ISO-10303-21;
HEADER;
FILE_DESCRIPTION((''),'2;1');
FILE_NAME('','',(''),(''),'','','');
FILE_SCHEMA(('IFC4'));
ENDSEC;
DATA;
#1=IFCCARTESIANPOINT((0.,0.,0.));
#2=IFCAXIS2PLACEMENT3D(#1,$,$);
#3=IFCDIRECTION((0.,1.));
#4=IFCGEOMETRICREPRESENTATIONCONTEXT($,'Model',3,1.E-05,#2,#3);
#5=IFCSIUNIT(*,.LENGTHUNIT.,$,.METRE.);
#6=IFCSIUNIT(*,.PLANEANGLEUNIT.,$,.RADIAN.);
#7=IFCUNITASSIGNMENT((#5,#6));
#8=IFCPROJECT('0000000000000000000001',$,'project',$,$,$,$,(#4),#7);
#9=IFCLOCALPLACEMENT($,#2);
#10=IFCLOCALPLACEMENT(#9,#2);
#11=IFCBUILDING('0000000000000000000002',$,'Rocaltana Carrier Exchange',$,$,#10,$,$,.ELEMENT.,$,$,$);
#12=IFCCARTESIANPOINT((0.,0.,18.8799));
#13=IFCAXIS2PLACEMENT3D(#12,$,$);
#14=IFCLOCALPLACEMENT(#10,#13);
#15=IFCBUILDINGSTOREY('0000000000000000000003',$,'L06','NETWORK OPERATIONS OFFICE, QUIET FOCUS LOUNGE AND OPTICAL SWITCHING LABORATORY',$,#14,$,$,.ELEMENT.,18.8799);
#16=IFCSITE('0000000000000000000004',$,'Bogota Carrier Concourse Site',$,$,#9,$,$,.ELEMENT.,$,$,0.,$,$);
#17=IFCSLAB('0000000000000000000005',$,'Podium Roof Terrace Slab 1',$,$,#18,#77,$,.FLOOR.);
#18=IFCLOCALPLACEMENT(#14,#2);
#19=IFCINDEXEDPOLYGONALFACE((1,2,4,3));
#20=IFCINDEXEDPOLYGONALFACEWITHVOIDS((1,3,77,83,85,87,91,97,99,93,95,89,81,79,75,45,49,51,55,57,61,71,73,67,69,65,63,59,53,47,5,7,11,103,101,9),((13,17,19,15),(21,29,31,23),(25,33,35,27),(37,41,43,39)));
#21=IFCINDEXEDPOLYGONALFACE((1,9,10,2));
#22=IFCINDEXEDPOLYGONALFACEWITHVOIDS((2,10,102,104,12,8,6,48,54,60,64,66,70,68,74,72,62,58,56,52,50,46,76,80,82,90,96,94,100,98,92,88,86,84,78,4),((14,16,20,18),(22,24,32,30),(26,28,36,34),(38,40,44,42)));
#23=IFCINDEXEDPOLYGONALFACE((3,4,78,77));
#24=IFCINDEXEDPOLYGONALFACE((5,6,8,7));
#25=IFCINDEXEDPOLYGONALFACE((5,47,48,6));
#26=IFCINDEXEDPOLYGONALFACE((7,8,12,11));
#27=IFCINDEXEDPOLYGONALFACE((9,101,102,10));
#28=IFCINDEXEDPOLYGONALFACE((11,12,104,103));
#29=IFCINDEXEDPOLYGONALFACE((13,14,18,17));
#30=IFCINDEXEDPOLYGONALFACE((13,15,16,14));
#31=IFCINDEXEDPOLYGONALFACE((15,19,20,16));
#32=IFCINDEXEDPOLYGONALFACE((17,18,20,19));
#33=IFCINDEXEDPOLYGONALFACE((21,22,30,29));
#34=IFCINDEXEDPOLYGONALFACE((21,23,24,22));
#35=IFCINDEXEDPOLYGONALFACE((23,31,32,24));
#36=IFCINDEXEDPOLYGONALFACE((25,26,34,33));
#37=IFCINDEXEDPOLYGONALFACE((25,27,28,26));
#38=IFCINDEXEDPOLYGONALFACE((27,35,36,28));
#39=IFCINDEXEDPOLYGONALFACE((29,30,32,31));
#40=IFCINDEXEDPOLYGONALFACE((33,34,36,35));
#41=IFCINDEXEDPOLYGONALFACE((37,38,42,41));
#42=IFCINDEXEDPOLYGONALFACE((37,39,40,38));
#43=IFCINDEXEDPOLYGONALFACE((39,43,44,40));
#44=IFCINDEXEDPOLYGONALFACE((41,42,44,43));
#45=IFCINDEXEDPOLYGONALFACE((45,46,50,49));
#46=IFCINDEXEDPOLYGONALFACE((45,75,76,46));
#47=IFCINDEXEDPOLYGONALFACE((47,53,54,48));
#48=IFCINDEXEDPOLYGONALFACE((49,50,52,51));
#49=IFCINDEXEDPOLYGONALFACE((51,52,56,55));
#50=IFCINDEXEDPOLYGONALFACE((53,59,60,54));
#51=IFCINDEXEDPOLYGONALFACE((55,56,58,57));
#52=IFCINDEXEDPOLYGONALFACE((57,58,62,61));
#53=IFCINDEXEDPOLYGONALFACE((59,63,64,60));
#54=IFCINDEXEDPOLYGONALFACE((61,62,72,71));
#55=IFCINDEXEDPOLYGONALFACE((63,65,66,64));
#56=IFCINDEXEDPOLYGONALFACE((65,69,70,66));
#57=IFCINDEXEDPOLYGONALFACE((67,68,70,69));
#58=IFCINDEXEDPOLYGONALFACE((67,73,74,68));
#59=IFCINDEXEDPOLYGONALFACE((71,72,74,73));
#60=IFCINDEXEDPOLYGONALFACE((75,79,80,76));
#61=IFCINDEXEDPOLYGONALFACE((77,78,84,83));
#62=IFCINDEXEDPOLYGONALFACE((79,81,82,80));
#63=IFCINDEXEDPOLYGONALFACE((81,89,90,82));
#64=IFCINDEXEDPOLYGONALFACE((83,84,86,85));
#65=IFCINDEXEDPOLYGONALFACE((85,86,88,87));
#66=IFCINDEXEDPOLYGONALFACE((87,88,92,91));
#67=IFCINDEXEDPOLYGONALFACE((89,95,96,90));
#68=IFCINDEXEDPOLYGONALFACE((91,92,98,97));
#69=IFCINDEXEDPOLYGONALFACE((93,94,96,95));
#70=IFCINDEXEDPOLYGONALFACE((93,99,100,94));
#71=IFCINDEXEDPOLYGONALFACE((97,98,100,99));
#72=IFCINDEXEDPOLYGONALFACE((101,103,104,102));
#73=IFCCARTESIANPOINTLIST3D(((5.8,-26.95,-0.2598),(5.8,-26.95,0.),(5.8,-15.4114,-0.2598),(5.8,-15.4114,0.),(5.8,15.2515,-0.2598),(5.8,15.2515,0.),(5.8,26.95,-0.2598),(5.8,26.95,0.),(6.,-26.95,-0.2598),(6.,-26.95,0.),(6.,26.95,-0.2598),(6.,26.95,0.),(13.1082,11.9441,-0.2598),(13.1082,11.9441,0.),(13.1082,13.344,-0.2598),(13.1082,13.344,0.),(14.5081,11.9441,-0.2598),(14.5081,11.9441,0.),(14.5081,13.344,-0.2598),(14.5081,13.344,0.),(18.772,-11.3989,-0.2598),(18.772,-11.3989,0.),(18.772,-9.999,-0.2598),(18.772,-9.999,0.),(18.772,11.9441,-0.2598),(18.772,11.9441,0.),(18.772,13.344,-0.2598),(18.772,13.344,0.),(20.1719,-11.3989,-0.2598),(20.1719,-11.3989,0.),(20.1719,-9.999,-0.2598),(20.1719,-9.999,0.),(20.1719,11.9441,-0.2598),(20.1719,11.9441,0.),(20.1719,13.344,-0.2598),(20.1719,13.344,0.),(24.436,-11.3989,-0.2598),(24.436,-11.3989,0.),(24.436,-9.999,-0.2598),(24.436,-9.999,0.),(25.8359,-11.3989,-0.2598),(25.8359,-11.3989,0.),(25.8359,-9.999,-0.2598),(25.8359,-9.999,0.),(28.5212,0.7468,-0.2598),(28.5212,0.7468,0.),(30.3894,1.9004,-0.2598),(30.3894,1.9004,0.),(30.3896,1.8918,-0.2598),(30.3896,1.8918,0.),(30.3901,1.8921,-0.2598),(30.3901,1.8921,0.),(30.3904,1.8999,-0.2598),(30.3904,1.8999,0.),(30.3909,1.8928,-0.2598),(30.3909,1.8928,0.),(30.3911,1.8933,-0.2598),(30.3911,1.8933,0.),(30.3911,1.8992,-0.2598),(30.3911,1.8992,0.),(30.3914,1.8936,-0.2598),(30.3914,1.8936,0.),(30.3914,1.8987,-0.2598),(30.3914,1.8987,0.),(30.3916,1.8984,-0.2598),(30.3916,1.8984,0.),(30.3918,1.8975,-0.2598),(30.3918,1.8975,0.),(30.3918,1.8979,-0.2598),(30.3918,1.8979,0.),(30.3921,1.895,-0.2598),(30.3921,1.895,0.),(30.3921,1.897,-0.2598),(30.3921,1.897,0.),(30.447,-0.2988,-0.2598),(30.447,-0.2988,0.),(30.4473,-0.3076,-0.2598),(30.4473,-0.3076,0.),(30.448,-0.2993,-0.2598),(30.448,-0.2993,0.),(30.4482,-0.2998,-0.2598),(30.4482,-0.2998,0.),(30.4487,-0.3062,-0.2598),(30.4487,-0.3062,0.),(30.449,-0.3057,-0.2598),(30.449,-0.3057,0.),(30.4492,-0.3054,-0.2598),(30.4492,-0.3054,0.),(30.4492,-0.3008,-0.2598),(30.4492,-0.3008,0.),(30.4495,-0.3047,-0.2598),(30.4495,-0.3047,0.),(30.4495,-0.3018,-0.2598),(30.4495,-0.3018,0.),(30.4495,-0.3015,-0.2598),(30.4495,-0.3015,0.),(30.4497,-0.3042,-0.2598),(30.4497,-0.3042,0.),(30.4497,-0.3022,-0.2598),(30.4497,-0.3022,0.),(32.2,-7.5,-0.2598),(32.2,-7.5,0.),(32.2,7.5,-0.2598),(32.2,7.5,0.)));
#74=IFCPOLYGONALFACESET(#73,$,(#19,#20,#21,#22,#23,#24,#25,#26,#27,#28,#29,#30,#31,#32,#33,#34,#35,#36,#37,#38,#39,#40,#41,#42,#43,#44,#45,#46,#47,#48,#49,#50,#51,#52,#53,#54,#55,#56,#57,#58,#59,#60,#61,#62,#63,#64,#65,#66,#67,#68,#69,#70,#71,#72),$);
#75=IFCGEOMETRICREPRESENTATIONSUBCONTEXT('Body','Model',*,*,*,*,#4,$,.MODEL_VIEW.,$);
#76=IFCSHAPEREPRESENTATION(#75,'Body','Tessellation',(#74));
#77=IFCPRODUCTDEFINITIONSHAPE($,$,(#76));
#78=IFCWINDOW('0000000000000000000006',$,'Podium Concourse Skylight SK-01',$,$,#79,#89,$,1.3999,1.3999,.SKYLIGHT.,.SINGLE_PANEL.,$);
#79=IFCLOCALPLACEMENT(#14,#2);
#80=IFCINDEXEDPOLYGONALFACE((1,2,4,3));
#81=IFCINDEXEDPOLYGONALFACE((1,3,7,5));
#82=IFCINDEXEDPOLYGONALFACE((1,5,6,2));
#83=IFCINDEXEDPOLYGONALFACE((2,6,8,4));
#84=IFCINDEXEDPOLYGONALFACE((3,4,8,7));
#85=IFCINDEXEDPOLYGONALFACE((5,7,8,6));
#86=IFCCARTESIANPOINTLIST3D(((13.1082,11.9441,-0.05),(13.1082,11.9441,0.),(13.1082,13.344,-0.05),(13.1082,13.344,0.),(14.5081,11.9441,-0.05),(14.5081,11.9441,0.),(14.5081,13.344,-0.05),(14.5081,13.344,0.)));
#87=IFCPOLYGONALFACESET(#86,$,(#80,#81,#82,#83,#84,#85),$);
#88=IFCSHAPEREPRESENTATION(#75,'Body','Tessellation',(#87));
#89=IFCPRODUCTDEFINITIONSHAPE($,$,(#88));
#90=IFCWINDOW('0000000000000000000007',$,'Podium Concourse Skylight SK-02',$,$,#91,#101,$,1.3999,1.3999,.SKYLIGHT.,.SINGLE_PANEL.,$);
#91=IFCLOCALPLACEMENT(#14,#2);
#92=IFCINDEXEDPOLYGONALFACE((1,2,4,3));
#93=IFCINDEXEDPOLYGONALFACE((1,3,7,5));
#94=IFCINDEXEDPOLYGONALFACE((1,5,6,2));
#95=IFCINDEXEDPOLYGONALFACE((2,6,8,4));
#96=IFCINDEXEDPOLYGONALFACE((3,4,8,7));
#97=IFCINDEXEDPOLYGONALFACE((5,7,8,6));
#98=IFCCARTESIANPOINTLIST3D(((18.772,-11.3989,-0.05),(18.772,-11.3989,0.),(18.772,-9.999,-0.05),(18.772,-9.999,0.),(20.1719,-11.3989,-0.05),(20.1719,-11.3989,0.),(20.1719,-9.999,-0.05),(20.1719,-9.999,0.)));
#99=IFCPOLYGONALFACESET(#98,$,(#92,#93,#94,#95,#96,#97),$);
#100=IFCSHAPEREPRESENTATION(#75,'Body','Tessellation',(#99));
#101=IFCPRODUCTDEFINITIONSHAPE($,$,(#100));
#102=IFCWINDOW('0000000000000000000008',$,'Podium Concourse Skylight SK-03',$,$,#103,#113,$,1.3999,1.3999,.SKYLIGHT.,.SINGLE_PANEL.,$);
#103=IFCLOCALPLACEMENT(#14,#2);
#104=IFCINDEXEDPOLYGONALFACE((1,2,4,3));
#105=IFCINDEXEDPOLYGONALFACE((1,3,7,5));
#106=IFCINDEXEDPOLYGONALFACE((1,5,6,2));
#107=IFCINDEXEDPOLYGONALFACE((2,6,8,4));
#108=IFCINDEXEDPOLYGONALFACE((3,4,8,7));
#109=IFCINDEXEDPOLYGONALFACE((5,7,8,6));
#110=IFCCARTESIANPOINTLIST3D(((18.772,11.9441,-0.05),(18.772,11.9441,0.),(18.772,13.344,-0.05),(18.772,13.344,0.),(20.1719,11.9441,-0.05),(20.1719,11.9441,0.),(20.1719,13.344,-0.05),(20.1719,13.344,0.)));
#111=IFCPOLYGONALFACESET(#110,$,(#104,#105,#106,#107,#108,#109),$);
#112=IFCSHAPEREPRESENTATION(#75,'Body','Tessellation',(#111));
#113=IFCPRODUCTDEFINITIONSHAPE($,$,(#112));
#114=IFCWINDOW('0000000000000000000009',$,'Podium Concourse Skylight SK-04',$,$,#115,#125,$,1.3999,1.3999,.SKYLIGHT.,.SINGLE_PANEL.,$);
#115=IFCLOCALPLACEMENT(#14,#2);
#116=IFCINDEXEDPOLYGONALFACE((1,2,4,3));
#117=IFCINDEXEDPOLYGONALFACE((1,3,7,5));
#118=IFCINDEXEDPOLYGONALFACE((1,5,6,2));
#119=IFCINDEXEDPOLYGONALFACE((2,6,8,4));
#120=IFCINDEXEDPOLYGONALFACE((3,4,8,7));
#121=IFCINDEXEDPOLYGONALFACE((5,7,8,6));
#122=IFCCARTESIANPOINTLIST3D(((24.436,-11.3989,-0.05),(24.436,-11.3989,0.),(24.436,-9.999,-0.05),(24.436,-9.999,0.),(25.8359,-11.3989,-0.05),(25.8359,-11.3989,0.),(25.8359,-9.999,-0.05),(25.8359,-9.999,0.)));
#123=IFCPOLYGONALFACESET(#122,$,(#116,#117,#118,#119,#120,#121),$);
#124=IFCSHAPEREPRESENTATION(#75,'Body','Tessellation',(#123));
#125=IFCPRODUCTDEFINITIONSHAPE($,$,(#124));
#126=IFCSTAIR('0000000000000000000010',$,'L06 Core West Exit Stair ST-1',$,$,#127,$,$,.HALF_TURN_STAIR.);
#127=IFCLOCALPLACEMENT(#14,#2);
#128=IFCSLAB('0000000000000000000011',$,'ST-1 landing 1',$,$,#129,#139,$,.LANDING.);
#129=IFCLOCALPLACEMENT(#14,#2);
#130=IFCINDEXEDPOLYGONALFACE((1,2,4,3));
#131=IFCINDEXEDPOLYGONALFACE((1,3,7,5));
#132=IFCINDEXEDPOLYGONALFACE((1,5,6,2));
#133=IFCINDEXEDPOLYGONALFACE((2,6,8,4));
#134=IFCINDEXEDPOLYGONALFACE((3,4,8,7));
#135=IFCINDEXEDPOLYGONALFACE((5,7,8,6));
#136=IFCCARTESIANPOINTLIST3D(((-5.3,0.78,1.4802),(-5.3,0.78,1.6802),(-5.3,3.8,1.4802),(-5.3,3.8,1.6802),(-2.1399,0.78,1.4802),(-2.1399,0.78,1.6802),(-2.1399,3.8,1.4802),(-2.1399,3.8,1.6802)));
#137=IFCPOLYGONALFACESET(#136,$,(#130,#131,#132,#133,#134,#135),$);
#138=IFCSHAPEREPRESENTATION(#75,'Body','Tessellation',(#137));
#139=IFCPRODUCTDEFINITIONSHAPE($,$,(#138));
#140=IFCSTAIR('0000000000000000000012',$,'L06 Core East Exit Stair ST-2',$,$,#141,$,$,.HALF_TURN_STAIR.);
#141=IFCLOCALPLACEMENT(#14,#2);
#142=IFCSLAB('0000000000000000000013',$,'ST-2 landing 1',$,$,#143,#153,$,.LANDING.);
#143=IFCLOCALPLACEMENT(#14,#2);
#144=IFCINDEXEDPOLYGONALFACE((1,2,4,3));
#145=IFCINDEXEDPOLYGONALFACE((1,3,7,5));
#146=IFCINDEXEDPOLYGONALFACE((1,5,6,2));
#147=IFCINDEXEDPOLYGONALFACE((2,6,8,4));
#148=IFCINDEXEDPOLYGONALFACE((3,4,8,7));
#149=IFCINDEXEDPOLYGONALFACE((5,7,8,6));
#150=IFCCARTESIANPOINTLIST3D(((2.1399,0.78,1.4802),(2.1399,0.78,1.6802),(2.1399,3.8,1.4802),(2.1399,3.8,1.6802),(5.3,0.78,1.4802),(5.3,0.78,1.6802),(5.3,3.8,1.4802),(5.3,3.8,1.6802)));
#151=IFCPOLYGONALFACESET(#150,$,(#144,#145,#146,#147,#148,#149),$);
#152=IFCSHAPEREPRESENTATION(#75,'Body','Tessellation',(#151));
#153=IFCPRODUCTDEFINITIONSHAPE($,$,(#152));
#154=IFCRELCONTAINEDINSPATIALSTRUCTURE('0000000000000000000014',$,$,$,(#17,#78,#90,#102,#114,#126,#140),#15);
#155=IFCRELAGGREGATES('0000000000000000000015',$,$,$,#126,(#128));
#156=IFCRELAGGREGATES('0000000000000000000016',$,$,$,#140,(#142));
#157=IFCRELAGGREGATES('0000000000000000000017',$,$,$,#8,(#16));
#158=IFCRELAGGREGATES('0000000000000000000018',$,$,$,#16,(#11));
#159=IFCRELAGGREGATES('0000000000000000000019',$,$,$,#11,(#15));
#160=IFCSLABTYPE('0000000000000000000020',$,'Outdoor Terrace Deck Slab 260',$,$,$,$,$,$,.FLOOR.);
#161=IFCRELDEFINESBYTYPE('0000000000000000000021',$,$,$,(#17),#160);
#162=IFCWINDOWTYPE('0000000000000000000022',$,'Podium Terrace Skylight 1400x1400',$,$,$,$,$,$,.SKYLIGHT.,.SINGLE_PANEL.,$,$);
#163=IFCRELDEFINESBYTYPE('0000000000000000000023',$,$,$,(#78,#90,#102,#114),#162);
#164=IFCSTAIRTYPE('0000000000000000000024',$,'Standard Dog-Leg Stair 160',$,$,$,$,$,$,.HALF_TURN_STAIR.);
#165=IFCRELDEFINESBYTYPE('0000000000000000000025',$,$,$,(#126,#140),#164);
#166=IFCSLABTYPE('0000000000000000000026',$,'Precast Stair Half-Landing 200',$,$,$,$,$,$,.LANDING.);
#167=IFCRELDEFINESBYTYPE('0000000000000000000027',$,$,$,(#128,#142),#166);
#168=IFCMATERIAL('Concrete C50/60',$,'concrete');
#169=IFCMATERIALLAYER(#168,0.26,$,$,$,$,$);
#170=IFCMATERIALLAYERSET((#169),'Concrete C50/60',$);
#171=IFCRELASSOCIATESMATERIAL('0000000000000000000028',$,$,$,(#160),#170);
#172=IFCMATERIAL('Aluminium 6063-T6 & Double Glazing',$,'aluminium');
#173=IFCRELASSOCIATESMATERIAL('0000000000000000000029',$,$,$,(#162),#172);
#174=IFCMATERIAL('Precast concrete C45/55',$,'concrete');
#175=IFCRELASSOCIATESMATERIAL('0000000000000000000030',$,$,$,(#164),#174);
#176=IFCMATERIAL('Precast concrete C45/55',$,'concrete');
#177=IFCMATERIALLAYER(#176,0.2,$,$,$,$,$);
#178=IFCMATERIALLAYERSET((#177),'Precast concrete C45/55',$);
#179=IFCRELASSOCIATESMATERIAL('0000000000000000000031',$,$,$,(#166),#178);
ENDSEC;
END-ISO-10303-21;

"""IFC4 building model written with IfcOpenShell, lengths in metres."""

from ifc_helpers import new_model, si_unit, direction, frame, origin, origin_2d, place, context, subcontext, project, spatial, polyline, rectangle, outline, extrude, material, layer, layer_set, type_object, element, fill, aggregate, save


model = new_model("IFC4")

# Units and contexts
model_context = context("Model", 3, precision=1e-05, world=origin(), true_north=direction((0.0, 1.0)))
body_context = subcontext(model_context, "Body", "Model", "MODEL_VIEW")
ifc_project = project(units=[si_unit("LENGTHUNIT", "METRE"), si_unit("PLANEANGLEUNIT", "RADIAN")], contexts=[model_context])

# Site, building, storey
site_placement = place(None, origin())
site = spatial("IfcSite", under=ifc_project, at=site_placement, Name="Bogota Carrier Concourse Site", CompositionType="ELEMENT", RefElevation=0.0)
building_placement = place(site_placement, origin())
building = spatial("IfcBuilding", under=site, at=building_placement, Name="Rocaltana Carrier Exchange", CompositionType="ELEMENT")
storey_placement = place(building_placement, frame((0.0, 0.0, 18.8799)))
storey = spatial("IfcBuildingStorey", under=building, at=storey_placement, Name="L06", Description="NETWORK OPERATIONS OFFICE, QUIET FOCUS LOUNGE AND OPTICAL SWITCHING LABORATORY", CompositionType="ELEMENT", Elevation=18.8799)

# Slab, openings, windows
ifc_material_1 = material(Name="Concrete C50/60", Category="concrete")
ifc_layer_1 = layer(ifc_material_1, 0.26)
ifc_layer_set_1 = layer_set([ifc_layer_1], Name="Concrete C50/60")
slab_type_1 = type_object("IfcSlabType", Name="Outdoor Terrace Deck Slab 260", PredefinedType="FLOOR", material=ifc_layer_set_1)
slab_1_placement = place(storey_placement, frame((0.0, 0.0, -0.2598)))
slab_1 = element("IfcSlab", 1, at=slab_1_placement, inside=storey, type_object=slab_type_1, Name="Podium Roof Terrace Slab 1", PredefinedType="FLOOR", context=body_context, shape_type="SweptSolid", body=[
    extrude(outline(polyline([(6.0, 26.95), (32.2, 7.5), (32.2, -7.5), (6.0, -26.95), (5.8, -26.95), (5.8, -15.4114), (30.4473, -0.3076), (30.4478, -0.3071), (30.448, -0.3069), (30.4485, -0.3064), (30.4487, -0.3062), (30.449, -0.3057), (30.4492, -0.3054), (30.4495, -0.3047), (30.4497, -0.3042), (30.4497, -0.3037), (30.4497, -0.3032), (30.4497, -0.3027), (30.4497, -0.3022), (30.4495, -0.3018), (30.4495, -0.3015), (30.4492, -0.3008), (30.449, -0.3005), (30.4485, -0.3), (30.4482, -0.2998), (30.448, -0.2993), (30.4475, -0.2991), (30.447, -0.2988), (28.5212, 0.7468), (30.3896, 1.8918), (30.3901, 1.8921), (30.3904, 1.8923), (30.3909, 1.8928), (30.3911, 1.8933), (30.3914, 1.8936), (30.3916, 1.894), (30.3918, 1.8945), (30.3921, 1.895), (30.3921, 1.8955), (30.3921, 1.896), (30.3921, 1.8965), (30.3921, 1.897), (30.3918, 1.8975), (30.3918, 1.8979), (30.3916, 1.8984), (30.3914, 1.8987), (30.3911, 1.8992), (30.3906, 1.8997), (30.3904, 1.8999), (30.3899, 1.9001), (30.3894, 1.9004), (5.8, 15.2515), (5.8, 26.95), (6.0, 26.95)])), origin(), (0.0, 0.0, 1.0), 0.2598),
])
opening_1_placement = place(slab_1_placement, frame((13.8081, 12.644, 0.0)))
opening_1 = element("IfcOpeningElement", 2, at=opening_1_placement, cuts=slab_1, PredefinedType="OPENING", context=body_context, shape_type="SweptSolid", body=[
    extrude(rectangle(XDim=1.3999, YDim=1.3999, at=origin_2d()), origin(), (0.0, 0.0, 1.0), 0.2598),
])
opening_2_placement = place(slab_1_placement, frame((19.4719, -10.699, 0.0)))
opening_2 = element("IfcOpeningElement", 3, at=opening_2_placement, cuts=slab_1, PredefinedType="OPENING", context=body_context, shape_type="SweptSolid", body=[
    extrude(rectangle(XDim=1.3999, YDim=1.3999, at=origin_2d()), origin(), (0.0, 0.0, 1.0), 0.2598),
])
opening_3_placement = place(slab_1_placement, frame((19.4719, 12.644, 0.0)))
opening_3 = element("IfcOpeningElement", 4, at=opening_3_placement, cuts=slab_1, PredefinedType="OPENING", context=body_context, shape_type="SweptSolid", body=[
    extrude(rectangle(XDim=1.3999, YDim=1.3999, at=origin_2d()), origin(), (0.0, 0.0, 1.0), 0.2598),
])
opening_4_placement = place(slab_1_placement, frame((25.136, -10.699, 0.0)))
opening_4 = element("IfcOpeningElement", 5, at=opening_4_placement, cuts=slab_1, PredefinedType="OPENING", context=body_context, shape_type="SweptSolid", body=[
    extrude(rectangle(XDim=1.3999, YDim=1.3999, at=origin_2d()), origin(), (0.0, 0.0, 1.0), 0.2598),
])
ifc_material_2 = material(Name="Aluminium 6063-T6 & Double Glazing", Category="aluminium")
window_type = type_object("IfcWindowType", Name="Podium Terrace Skylight 1400x1400", PartitioningType="SINGLE_PANEL", PredefinedType="SKYLIGHT", material=ifc_material_2)
window_1_placement = place(opening_1_placement, frame((0.0, 0.0, 0.2097)))
window_1 = element("IfcWindow", 6, at=window_1_placement, inside=storey, type_object=window_type, Name="Podium Concourse Skylight SK-01", OverallHeight=1.3999, OverallWidth=1.3999, PartitioningType="SINGLE_PANEL", PredefinedType="SKYLIGHT", context=body_context, shape_type="SweptSolid", body=[
    extrude(rectangle(XDim=1.3999, YDim=1.3999, at=origin_2d()), origin(), (0.0, 0.0, 1.0), 0.05),
])
fill(opening_1, window_1)
window_2_placement = place(opening_2_placement, frame((0.0, 0.0, 0.2097)))
window_2 = element("IfcWindow", 7, at=window_2_placement, inside=storey, type_object=window_type, Name="Podium Concourse Skylight SK-02", OverallHeight=1.3999, OverallWidth=1.3999, PartitioningType="SINGLE_PANEL", PredefinedType="SKYLIGHT", context=body_context, shape_type="SweptSolid", body=[
    extrude(rectangle(XDim=1.3999, YDim=1.3999, at=origin_2d()), origin(), (0.0, 0.0, 1.0), 0.05),
])
fill(opening_2, window_2)
window_3_placement = place(opening_3_placement, frame((0.0, 0.0, 0.2097)))
window_3 = element("IfcWindow", 8, at=window_3_placement, inside=storey, type_object=window_type, Name="Podium Concourse Skylight SK-03", OverallHeight=1.3999, OverallWidth=1.3999, PartitioningType="SINGLE_PANEL", PredefinedType="SKYLIGHT", context=body_context, shape_type="SweptSolid", body=[
    extrude(rectangle(XDim=1.3999, YDim=1.3999, at=origin_2d()), origin(), (0.0, 0.0, 1.0), 0.05),
])
fill(opening_3, window_3)
window_4_placement = place(opening_4_placement, frame((0.0, 0.0, 0.2097)))
window_4 = element("IfcWindow", 9, at=window_4_placement, inside=storey, type_object=window_type, Name="Podium Concourse Skylight SK-04", OverallHeight=1.3999, OverallWidth=1.3999, PartitioningType="SINGLE_PANEL", PredefinedType="SKYLIGHT", context=body_context, shape_type="SweptSolid", body=[
    extrude(rectangle(XDim=1.3999, YDim=1.3999, at=origin_2d()), origin(), (0.0, 0.0, 1.0), 0.05),
])
fill(opening_4, window_4)

# Stairs, slabs
ifc_material_3 = material(Name="Precast concrete C45/55", Category="concrete")
stair_type = type_object("IfcStairType", Name="Standard Dog-Leg Stair 160", PredefinedType="HALF_TURN_STAIR", material=ifc_material_3)
stair_1_placement = place(storey_placement, origin())
stair_1 = element("IfcStair", 10, at=stair_1_placement, inside=storey, type_object=stair_type, Name="L06 Core West Exit Stair ST-1", PredefinedType="HALF_TURN_STAIR")
ifc_material_4 = material(Name="Precast concrete C45/55", Category="concrete")
ifc_layer_2 = layer(ifc_material_4, 0.2)
ifc_layer_set_2 = layer_set([ifc_layer_2], Name="Precast concrete C45/55")
slab_type_2 = type_object("IfcSlabType", Name="Precast Stair Half-Landing 200", PredefinedType="LANDING", material=ifc_layer_set_2)
slab_2_placement = place(storey_placement, frame((0.0, 0.0, 1.4802)))
slab_2 = element("IfcSlab", 11, at=slab_2_placement, type_object=slab_type_2, Name="ST-1 landing 1", PredefinedType="LANDING", context=body_context, shape_type="SweptSolid", body=[
    extrude(outline(polyline([(-2.1399, 0.78), (-2.1399, 3.8), (-5.3, 3.8), (-5.3, 0.78), (-2.1399, 0.78)])), origin(), (0.0, 0.0, 1.0), 0.2),
])
aggregate(stair_1, [slab_2])
stair_2_placement = place(storey_placement, origin())
stair_2 = element("IfcStair", 12, at=stair_2_placement, inside=storey, type_object=stair_type, Name="L06 Core East Exit Stair ST-2", PredefinedType="HALF_TURN_STAIR")
slab_3_placement = place(storey_placement, frame((0.0, 0.0, 1.4802)))
slab_3 = element("IfcSlab", 13, at=slab_3_placement, type_object=slab_type_2, Name="ST-2 landing 1", PredefinedType="LANDING", context=body_context, shape_type="SweptSolid", body=[
    extrude(outline(polyline([(5.3, 0.78), (5.3, 3.8), (2.1399, 3.8), (2.1399, 0.78), (5.3, 0.78)])), origin(), (0.0, 0.0, 1.0), 0.2),
])
aggregate(stair_2, [slab_3])

save(model, "model.ifc")
